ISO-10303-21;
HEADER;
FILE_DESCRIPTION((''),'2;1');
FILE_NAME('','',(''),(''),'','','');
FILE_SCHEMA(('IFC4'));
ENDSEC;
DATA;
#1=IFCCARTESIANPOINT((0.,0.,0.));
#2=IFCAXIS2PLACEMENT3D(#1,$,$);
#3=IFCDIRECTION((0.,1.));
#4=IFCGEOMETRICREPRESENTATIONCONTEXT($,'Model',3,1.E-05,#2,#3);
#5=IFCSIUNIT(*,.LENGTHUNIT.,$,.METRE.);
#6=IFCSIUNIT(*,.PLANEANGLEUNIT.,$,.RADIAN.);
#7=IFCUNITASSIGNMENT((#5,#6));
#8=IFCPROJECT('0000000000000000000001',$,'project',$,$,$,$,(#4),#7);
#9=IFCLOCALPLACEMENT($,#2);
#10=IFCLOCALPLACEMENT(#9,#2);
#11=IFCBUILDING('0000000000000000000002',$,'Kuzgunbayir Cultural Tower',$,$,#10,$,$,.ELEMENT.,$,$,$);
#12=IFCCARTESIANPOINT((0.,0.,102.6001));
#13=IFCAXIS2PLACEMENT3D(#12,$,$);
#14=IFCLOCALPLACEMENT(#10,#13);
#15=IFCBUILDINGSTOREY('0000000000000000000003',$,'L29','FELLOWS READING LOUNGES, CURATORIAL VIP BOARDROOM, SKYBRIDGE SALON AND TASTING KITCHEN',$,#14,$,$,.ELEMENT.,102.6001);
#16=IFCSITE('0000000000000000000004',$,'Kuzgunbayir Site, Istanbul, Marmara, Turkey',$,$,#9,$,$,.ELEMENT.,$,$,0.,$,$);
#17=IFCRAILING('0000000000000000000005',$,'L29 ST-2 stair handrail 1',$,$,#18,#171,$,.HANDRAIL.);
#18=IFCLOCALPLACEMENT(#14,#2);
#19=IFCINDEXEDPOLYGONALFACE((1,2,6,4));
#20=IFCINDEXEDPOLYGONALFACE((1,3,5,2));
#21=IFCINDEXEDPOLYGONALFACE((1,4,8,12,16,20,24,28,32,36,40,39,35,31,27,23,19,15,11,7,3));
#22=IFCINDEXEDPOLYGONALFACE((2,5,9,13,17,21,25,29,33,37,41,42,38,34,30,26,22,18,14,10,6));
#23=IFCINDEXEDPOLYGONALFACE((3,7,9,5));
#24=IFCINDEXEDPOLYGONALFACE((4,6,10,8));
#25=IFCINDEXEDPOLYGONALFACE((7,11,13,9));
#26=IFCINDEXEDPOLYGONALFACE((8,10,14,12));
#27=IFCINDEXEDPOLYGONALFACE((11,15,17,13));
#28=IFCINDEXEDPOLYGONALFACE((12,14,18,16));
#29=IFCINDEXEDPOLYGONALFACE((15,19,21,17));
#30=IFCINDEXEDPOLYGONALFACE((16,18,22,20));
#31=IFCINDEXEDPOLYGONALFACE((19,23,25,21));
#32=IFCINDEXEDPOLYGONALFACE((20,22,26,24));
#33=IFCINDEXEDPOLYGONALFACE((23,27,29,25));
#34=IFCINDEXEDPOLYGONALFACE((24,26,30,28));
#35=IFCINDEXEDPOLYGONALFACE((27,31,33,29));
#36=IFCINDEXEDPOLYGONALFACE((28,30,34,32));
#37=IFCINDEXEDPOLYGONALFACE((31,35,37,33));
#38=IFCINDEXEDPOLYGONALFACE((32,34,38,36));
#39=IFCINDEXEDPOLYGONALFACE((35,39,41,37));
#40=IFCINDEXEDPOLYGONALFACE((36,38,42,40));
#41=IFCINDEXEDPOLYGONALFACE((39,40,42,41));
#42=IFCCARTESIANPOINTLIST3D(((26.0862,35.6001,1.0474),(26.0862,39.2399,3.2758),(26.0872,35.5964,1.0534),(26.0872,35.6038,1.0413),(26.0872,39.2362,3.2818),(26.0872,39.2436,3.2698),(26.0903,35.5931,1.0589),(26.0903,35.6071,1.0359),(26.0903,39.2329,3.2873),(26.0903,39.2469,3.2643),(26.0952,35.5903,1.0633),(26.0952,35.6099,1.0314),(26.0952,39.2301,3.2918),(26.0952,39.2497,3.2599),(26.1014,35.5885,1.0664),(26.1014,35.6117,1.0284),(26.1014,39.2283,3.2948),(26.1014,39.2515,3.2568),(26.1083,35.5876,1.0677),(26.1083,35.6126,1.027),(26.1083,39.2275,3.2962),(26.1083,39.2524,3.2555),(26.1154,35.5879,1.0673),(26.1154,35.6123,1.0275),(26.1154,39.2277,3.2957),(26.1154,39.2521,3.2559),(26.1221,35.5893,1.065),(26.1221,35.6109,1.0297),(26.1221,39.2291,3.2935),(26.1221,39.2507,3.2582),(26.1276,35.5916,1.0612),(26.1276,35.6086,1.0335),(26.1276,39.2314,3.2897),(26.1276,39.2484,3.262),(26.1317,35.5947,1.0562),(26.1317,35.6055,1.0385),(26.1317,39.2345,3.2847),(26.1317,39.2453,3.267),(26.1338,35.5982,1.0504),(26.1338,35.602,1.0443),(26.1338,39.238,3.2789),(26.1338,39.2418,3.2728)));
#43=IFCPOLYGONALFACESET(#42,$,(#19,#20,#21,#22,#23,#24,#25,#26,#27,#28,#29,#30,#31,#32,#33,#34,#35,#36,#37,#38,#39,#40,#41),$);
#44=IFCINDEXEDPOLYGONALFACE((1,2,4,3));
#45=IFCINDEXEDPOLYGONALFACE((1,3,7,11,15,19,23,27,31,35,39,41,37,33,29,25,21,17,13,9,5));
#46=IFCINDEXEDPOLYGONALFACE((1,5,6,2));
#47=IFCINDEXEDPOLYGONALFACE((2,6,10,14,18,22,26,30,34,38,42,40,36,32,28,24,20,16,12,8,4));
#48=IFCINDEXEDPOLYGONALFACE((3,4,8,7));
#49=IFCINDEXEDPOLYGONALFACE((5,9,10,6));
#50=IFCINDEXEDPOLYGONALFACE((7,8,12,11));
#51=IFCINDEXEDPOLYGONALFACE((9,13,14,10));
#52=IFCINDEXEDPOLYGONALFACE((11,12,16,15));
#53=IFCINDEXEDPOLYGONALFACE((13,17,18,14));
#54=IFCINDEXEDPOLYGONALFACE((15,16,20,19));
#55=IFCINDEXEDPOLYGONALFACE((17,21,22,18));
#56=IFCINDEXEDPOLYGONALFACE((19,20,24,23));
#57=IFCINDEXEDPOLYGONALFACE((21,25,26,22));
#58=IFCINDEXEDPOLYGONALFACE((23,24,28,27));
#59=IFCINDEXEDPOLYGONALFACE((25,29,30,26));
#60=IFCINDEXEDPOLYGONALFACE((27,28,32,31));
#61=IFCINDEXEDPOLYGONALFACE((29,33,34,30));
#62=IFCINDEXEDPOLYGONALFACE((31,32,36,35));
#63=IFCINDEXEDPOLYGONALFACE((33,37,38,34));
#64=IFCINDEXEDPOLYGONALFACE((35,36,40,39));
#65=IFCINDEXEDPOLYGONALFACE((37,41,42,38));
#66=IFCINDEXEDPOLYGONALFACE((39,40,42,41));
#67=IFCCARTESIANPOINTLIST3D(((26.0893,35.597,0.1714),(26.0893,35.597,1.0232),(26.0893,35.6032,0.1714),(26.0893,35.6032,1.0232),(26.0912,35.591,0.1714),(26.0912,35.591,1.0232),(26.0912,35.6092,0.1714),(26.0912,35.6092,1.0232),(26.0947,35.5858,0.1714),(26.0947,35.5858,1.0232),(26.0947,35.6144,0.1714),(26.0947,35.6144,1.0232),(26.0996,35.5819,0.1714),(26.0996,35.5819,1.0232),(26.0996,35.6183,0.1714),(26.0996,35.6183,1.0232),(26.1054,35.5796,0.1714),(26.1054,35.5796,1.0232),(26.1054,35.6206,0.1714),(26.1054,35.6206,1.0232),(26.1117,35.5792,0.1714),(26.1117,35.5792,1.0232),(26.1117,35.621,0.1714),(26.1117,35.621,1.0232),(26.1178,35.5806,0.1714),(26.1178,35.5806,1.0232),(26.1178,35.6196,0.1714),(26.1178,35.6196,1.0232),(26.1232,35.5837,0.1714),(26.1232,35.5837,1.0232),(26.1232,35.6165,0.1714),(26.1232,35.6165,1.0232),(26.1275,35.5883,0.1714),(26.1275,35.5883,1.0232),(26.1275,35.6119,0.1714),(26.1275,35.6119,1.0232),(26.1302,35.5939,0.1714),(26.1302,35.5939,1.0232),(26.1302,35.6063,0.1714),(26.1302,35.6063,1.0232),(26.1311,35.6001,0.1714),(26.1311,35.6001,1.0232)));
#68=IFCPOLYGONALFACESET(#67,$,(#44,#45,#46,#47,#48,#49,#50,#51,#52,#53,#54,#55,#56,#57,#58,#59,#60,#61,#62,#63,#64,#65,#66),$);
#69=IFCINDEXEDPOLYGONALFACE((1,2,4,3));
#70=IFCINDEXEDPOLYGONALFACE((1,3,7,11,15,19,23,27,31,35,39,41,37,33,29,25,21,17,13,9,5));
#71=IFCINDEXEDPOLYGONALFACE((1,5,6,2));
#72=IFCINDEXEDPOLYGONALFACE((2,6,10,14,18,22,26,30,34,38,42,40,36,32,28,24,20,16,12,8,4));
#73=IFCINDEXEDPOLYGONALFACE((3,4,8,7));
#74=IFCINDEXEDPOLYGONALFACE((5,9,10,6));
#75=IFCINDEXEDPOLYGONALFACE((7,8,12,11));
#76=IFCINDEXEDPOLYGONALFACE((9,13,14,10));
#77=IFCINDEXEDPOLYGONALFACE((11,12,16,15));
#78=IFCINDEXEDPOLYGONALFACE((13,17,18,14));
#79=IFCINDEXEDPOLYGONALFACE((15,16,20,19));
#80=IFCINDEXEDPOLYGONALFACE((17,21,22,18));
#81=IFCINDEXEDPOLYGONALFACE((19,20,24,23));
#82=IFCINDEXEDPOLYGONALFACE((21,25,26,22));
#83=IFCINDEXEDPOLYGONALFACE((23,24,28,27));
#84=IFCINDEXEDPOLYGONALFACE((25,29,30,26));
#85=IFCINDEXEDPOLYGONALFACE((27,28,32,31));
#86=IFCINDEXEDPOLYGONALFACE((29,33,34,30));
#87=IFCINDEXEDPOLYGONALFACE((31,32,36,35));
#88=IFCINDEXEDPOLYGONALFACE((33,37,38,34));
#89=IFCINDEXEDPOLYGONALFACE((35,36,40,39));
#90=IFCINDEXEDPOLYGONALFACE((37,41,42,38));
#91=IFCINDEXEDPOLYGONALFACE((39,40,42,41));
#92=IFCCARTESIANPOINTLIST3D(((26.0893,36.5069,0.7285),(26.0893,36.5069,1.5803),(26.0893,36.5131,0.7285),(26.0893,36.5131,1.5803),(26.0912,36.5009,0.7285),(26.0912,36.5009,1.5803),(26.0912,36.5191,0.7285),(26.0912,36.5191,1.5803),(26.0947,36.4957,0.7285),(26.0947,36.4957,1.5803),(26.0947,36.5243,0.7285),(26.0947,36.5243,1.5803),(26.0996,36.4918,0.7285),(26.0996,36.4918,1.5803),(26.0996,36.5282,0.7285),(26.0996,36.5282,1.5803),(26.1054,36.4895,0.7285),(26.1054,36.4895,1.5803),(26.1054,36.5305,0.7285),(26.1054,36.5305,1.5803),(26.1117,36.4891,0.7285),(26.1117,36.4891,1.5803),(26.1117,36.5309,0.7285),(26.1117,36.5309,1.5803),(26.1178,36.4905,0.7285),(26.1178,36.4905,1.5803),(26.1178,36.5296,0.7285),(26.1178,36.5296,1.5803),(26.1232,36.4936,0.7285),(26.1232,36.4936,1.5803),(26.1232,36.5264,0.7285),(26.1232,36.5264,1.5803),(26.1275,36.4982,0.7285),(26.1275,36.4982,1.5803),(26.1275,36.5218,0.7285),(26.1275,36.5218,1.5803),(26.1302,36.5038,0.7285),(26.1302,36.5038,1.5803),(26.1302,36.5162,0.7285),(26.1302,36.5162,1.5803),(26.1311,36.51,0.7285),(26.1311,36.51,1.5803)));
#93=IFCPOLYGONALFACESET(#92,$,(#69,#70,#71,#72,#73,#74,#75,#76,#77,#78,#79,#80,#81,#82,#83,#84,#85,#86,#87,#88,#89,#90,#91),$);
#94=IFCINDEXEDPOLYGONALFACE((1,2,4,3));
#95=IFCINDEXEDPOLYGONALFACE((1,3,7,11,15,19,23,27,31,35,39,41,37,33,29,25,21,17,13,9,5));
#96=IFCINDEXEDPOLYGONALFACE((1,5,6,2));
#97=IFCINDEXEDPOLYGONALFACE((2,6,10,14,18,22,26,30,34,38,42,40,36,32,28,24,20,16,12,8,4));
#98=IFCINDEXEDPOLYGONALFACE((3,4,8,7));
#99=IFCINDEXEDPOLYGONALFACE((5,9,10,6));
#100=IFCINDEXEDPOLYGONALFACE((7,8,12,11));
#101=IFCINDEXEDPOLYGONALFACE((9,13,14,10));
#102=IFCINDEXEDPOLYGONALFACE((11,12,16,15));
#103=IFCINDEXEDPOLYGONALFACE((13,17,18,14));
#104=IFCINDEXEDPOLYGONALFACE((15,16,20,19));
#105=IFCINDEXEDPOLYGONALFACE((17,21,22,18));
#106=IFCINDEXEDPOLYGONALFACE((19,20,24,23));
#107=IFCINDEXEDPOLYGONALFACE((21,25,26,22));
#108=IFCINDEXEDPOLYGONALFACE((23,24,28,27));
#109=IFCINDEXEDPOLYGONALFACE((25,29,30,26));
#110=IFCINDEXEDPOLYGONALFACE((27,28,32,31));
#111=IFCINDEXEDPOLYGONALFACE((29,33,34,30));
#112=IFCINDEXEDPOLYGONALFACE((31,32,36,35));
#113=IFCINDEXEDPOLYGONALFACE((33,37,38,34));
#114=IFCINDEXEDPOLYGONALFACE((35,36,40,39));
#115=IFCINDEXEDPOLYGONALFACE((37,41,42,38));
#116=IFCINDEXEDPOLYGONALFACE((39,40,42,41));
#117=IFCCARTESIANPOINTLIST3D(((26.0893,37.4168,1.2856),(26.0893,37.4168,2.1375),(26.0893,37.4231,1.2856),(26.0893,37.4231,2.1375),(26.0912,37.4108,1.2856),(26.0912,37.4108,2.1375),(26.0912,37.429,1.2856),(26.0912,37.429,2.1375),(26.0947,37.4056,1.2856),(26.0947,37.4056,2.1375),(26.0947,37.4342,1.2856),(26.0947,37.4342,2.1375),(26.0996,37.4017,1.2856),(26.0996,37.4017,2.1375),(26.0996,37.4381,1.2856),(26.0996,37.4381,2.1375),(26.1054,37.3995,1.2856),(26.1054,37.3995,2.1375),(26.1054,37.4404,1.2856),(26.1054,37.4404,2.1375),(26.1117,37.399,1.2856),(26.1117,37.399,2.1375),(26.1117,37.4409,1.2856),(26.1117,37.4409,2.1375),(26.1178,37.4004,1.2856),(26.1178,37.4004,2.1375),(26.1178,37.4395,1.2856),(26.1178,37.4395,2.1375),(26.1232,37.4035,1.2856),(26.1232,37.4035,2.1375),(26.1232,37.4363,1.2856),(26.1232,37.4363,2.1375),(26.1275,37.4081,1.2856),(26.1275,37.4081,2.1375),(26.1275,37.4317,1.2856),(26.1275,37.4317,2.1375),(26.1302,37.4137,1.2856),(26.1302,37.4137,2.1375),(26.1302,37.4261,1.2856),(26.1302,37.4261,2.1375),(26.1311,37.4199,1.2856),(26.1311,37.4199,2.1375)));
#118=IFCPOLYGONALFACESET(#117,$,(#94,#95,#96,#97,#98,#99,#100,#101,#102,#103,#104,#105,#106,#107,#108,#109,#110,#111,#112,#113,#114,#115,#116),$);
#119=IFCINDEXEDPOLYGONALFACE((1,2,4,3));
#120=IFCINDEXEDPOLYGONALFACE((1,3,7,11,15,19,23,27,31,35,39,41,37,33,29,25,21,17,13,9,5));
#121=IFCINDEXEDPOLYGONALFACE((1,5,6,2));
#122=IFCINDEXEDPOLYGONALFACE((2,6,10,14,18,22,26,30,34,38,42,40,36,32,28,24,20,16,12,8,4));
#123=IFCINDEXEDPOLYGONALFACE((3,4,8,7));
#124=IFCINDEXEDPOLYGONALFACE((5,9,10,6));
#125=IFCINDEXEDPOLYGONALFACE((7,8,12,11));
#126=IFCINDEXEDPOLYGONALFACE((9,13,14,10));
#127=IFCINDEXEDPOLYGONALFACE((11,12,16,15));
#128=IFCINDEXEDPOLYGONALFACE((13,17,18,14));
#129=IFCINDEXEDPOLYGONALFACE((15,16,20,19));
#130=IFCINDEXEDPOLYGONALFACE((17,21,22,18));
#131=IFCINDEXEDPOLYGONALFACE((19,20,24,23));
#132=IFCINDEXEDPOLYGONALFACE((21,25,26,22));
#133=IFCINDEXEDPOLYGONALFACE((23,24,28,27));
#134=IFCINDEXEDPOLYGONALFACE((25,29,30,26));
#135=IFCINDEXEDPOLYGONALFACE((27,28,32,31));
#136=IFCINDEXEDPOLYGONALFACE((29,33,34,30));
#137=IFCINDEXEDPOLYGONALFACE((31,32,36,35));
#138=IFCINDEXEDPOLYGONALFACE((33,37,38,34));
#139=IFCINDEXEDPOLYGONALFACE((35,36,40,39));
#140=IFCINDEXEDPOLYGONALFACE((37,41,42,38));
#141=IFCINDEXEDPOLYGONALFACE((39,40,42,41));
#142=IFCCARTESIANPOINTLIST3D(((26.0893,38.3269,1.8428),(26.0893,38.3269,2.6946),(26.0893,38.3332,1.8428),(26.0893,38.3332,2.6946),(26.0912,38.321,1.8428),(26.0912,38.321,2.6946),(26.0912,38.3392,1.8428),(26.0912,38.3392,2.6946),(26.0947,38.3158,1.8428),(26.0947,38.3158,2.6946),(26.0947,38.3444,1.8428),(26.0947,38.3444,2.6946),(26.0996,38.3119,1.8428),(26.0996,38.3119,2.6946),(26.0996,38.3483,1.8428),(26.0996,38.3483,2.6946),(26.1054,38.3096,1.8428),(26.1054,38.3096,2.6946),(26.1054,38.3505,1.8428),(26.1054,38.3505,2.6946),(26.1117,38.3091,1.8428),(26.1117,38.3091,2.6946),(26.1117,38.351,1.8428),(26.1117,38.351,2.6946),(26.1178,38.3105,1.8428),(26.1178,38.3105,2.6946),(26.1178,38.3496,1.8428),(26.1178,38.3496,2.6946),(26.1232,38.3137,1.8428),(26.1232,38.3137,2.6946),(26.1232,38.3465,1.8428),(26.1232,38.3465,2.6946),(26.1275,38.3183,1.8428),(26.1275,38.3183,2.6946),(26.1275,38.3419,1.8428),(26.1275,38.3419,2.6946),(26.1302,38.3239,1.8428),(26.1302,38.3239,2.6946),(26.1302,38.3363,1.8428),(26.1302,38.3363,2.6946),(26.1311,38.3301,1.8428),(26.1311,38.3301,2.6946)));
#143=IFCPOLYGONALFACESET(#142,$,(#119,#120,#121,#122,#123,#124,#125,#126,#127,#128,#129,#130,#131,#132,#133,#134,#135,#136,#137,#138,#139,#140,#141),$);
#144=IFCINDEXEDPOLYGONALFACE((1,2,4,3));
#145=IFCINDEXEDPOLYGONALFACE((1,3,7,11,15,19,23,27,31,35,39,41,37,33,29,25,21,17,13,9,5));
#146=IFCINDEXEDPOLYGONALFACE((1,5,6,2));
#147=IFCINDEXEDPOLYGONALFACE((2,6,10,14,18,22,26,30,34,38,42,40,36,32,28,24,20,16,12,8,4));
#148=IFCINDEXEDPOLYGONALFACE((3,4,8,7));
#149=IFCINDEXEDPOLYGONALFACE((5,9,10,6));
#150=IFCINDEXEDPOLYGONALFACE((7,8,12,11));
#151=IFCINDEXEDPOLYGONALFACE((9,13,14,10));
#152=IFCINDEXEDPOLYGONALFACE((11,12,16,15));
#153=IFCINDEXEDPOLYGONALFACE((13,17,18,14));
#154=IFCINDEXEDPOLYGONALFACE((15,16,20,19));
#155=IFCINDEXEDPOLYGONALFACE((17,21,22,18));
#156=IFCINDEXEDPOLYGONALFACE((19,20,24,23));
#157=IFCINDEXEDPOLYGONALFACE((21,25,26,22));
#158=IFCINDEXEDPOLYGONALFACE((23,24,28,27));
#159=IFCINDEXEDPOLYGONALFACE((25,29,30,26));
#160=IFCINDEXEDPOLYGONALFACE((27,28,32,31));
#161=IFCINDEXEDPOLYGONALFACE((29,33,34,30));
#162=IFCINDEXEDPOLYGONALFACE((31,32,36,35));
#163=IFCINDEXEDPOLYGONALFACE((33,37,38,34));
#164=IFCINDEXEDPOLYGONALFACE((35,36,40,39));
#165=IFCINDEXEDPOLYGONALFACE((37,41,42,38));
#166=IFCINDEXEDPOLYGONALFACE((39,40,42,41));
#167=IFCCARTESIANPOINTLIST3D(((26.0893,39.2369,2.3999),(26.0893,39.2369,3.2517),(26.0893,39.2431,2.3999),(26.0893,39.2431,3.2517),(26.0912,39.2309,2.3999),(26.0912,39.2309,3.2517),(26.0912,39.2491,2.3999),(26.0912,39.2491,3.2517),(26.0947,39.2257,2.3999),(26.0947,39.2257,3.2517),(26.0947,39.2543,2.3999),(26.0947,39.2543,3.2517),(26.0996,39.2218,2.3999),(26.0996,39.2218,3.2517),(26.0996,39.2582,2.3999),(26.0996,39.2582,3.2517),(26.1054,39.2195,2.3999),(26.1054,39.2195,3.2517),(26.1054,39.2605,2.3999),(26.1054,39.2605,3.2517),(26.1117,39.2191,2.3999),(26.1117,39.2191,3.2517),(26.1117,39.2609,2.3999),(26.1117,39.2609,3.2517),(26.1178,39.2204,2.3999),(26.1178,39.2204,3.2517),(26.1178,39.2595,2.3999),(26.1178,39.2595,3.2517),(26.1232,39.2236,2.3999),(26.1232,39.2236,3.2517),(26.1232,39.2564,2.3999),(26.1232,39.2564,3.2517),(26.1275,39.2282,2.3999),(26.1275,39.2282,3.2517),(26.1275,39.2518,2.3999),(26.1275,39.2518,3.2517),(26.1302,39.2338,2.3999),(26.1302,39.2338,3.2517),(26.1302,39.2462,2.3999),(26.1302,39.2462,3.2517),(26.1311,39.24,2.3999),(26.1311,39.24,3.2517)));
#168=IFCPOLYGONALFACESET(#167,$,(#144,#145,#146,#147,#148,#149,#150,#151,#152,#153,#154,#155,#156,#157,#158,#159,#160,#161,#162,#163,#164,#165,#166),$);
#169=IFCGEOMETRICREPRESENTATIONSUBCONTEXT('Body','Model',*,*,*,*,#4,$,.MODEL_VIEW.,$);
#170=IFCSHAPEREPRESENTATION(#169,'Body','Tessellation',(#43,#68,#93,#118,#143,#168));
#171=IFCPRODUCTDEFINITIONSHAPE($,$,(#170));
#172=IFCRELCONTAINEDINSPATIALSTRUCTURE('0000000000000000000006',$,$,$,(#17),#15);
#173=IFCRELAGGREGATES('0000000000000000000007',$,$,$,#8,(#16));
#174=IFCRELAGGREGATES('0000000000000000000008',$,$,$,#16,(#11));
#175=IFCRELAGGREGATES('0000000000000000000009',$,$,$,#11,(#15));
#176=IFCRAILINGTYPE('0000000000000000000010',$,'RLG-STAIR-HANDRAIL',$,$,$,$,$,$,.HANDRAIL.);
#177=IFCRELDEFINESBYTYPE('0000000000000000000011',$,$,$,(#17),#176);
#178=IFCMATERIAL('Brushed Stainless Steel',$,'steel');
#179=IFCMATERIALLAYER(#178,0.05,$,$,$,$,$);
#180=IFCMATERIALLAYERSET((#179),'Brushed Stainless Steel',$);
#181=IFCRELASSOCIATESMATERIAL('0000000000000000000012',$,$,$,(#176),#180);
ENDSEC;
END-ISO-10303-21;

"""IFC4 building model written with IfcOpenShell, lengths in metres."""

from ifc_helpers import new_model, si_unit, direction, frame, origin, origin_2d, place, context, subcontext, project, spatial, circle, extrude, material, layer, layer_set, type_object, element, save


model = new_model("IFC4")

# Units and contexts
model_context = context("Model", 3, precision=1e-05, world=origin(), true_north=direction((0.0, 1.0)))
body_context = subcontext(model_context, "Body", "Model", "MODEL_VIEW")
ifc_project = project(units=[si_unit("LENGTHUNIT", "METRE"), si_unit("PLANEANGLEUNIT", "RADIAN")], contexts=[model_context])

# Site, building, storey
site_placement = place(None, origin())
site = spatial("IfcSite", under=ifc_project, at=site_placement, Name="Kuzgunbayir Site, Istanbul, Marmara, Turkey", CompositionType="ELEMENT", RefElevation=0.0)
building_placement = place(site_placement, origin())
building = spatial("IfcBuilding", under=site, at=building_placement, Name="Kuzgunbayir Cultural Tower", CompositionType="ELEMENT")
storey_placement = place(building_placement, frame((0.0, 0.0, 102.6001)))
storey = spatial("IfcBuildingStorey", under=building, at=storey_placement, Name="L29", Description="FELLOWS READING LOUNGES, CURATORIAL VIP BOARDROOM, SKYBRIDGE SALON AND TASTING KITCHEN", CompositionType="ELEMENT", Elevation=102.6001)

# Railing
ifc_material_1 = material(Name="Brushed Stainless Steel", Category="steel")
ifc_layer_1 = layer(ifc_material_1, 0.05)
ifc_layer_set_1 = layer_set([ifc_layer_1], Name="Brushed Stainless Steel")
railing_type_1 = type_object("IfcRailingType", Name="RLG-STAIR-HANDRAIL", PredefinedType="HANDRAIL", material=ifc_layer_set_1)
railing_1_placement = place(storey_placement, frame((26.1101, 35.6001, 0.1714)))
element("IfcRailing", 1, at=railing_1_placement, inside=storey, type_object=railing_type_1, Name="L29 ST-2 stair handrail 1", PredefinedType="HANDRAIL", context=body_context, shape_type="SweptSolid", body=[
    extrude(circle(Radius=0.0239, at=origin_2d()), frame((0.0, 0.0, 0.876), z_axis=(0.0, 0.85285, 0.522156), x_axis=(-1.0, 0.0, 0.0)), (0.0, 0.0, 1.0), 4.2678),
    extrude(circle(Radius=0.021, at=origin_2d()), origin(), (0.0, 0.0, 1.0), 0.8518),
    extrude(circle(Radius=0.021, at=origin_2d()), frame((0.0, 0.9099, 0.5571)), (0.0, 0.0, 1.0), 0.8518),
    extrude(circle(Radius=0.021, at=origin_2d()), frame((0.0, 1.8198, 1.1143)), (0.0, 0.0, 1.0), 0.8518),
    extrude(circle(Radius=0.021, at=origin_2d()), frame((0.0, 2.73, 1.6714)), (0.0, 0.0, 1.0), 0.8518),
    extrude(circle(Radius=0.021, at=origin_2d()), frame((0.0, 3.6399, 2.2285)), (0.0, 0.0, 1.0), 0.8518),
])

save(model, "model.ifc")
